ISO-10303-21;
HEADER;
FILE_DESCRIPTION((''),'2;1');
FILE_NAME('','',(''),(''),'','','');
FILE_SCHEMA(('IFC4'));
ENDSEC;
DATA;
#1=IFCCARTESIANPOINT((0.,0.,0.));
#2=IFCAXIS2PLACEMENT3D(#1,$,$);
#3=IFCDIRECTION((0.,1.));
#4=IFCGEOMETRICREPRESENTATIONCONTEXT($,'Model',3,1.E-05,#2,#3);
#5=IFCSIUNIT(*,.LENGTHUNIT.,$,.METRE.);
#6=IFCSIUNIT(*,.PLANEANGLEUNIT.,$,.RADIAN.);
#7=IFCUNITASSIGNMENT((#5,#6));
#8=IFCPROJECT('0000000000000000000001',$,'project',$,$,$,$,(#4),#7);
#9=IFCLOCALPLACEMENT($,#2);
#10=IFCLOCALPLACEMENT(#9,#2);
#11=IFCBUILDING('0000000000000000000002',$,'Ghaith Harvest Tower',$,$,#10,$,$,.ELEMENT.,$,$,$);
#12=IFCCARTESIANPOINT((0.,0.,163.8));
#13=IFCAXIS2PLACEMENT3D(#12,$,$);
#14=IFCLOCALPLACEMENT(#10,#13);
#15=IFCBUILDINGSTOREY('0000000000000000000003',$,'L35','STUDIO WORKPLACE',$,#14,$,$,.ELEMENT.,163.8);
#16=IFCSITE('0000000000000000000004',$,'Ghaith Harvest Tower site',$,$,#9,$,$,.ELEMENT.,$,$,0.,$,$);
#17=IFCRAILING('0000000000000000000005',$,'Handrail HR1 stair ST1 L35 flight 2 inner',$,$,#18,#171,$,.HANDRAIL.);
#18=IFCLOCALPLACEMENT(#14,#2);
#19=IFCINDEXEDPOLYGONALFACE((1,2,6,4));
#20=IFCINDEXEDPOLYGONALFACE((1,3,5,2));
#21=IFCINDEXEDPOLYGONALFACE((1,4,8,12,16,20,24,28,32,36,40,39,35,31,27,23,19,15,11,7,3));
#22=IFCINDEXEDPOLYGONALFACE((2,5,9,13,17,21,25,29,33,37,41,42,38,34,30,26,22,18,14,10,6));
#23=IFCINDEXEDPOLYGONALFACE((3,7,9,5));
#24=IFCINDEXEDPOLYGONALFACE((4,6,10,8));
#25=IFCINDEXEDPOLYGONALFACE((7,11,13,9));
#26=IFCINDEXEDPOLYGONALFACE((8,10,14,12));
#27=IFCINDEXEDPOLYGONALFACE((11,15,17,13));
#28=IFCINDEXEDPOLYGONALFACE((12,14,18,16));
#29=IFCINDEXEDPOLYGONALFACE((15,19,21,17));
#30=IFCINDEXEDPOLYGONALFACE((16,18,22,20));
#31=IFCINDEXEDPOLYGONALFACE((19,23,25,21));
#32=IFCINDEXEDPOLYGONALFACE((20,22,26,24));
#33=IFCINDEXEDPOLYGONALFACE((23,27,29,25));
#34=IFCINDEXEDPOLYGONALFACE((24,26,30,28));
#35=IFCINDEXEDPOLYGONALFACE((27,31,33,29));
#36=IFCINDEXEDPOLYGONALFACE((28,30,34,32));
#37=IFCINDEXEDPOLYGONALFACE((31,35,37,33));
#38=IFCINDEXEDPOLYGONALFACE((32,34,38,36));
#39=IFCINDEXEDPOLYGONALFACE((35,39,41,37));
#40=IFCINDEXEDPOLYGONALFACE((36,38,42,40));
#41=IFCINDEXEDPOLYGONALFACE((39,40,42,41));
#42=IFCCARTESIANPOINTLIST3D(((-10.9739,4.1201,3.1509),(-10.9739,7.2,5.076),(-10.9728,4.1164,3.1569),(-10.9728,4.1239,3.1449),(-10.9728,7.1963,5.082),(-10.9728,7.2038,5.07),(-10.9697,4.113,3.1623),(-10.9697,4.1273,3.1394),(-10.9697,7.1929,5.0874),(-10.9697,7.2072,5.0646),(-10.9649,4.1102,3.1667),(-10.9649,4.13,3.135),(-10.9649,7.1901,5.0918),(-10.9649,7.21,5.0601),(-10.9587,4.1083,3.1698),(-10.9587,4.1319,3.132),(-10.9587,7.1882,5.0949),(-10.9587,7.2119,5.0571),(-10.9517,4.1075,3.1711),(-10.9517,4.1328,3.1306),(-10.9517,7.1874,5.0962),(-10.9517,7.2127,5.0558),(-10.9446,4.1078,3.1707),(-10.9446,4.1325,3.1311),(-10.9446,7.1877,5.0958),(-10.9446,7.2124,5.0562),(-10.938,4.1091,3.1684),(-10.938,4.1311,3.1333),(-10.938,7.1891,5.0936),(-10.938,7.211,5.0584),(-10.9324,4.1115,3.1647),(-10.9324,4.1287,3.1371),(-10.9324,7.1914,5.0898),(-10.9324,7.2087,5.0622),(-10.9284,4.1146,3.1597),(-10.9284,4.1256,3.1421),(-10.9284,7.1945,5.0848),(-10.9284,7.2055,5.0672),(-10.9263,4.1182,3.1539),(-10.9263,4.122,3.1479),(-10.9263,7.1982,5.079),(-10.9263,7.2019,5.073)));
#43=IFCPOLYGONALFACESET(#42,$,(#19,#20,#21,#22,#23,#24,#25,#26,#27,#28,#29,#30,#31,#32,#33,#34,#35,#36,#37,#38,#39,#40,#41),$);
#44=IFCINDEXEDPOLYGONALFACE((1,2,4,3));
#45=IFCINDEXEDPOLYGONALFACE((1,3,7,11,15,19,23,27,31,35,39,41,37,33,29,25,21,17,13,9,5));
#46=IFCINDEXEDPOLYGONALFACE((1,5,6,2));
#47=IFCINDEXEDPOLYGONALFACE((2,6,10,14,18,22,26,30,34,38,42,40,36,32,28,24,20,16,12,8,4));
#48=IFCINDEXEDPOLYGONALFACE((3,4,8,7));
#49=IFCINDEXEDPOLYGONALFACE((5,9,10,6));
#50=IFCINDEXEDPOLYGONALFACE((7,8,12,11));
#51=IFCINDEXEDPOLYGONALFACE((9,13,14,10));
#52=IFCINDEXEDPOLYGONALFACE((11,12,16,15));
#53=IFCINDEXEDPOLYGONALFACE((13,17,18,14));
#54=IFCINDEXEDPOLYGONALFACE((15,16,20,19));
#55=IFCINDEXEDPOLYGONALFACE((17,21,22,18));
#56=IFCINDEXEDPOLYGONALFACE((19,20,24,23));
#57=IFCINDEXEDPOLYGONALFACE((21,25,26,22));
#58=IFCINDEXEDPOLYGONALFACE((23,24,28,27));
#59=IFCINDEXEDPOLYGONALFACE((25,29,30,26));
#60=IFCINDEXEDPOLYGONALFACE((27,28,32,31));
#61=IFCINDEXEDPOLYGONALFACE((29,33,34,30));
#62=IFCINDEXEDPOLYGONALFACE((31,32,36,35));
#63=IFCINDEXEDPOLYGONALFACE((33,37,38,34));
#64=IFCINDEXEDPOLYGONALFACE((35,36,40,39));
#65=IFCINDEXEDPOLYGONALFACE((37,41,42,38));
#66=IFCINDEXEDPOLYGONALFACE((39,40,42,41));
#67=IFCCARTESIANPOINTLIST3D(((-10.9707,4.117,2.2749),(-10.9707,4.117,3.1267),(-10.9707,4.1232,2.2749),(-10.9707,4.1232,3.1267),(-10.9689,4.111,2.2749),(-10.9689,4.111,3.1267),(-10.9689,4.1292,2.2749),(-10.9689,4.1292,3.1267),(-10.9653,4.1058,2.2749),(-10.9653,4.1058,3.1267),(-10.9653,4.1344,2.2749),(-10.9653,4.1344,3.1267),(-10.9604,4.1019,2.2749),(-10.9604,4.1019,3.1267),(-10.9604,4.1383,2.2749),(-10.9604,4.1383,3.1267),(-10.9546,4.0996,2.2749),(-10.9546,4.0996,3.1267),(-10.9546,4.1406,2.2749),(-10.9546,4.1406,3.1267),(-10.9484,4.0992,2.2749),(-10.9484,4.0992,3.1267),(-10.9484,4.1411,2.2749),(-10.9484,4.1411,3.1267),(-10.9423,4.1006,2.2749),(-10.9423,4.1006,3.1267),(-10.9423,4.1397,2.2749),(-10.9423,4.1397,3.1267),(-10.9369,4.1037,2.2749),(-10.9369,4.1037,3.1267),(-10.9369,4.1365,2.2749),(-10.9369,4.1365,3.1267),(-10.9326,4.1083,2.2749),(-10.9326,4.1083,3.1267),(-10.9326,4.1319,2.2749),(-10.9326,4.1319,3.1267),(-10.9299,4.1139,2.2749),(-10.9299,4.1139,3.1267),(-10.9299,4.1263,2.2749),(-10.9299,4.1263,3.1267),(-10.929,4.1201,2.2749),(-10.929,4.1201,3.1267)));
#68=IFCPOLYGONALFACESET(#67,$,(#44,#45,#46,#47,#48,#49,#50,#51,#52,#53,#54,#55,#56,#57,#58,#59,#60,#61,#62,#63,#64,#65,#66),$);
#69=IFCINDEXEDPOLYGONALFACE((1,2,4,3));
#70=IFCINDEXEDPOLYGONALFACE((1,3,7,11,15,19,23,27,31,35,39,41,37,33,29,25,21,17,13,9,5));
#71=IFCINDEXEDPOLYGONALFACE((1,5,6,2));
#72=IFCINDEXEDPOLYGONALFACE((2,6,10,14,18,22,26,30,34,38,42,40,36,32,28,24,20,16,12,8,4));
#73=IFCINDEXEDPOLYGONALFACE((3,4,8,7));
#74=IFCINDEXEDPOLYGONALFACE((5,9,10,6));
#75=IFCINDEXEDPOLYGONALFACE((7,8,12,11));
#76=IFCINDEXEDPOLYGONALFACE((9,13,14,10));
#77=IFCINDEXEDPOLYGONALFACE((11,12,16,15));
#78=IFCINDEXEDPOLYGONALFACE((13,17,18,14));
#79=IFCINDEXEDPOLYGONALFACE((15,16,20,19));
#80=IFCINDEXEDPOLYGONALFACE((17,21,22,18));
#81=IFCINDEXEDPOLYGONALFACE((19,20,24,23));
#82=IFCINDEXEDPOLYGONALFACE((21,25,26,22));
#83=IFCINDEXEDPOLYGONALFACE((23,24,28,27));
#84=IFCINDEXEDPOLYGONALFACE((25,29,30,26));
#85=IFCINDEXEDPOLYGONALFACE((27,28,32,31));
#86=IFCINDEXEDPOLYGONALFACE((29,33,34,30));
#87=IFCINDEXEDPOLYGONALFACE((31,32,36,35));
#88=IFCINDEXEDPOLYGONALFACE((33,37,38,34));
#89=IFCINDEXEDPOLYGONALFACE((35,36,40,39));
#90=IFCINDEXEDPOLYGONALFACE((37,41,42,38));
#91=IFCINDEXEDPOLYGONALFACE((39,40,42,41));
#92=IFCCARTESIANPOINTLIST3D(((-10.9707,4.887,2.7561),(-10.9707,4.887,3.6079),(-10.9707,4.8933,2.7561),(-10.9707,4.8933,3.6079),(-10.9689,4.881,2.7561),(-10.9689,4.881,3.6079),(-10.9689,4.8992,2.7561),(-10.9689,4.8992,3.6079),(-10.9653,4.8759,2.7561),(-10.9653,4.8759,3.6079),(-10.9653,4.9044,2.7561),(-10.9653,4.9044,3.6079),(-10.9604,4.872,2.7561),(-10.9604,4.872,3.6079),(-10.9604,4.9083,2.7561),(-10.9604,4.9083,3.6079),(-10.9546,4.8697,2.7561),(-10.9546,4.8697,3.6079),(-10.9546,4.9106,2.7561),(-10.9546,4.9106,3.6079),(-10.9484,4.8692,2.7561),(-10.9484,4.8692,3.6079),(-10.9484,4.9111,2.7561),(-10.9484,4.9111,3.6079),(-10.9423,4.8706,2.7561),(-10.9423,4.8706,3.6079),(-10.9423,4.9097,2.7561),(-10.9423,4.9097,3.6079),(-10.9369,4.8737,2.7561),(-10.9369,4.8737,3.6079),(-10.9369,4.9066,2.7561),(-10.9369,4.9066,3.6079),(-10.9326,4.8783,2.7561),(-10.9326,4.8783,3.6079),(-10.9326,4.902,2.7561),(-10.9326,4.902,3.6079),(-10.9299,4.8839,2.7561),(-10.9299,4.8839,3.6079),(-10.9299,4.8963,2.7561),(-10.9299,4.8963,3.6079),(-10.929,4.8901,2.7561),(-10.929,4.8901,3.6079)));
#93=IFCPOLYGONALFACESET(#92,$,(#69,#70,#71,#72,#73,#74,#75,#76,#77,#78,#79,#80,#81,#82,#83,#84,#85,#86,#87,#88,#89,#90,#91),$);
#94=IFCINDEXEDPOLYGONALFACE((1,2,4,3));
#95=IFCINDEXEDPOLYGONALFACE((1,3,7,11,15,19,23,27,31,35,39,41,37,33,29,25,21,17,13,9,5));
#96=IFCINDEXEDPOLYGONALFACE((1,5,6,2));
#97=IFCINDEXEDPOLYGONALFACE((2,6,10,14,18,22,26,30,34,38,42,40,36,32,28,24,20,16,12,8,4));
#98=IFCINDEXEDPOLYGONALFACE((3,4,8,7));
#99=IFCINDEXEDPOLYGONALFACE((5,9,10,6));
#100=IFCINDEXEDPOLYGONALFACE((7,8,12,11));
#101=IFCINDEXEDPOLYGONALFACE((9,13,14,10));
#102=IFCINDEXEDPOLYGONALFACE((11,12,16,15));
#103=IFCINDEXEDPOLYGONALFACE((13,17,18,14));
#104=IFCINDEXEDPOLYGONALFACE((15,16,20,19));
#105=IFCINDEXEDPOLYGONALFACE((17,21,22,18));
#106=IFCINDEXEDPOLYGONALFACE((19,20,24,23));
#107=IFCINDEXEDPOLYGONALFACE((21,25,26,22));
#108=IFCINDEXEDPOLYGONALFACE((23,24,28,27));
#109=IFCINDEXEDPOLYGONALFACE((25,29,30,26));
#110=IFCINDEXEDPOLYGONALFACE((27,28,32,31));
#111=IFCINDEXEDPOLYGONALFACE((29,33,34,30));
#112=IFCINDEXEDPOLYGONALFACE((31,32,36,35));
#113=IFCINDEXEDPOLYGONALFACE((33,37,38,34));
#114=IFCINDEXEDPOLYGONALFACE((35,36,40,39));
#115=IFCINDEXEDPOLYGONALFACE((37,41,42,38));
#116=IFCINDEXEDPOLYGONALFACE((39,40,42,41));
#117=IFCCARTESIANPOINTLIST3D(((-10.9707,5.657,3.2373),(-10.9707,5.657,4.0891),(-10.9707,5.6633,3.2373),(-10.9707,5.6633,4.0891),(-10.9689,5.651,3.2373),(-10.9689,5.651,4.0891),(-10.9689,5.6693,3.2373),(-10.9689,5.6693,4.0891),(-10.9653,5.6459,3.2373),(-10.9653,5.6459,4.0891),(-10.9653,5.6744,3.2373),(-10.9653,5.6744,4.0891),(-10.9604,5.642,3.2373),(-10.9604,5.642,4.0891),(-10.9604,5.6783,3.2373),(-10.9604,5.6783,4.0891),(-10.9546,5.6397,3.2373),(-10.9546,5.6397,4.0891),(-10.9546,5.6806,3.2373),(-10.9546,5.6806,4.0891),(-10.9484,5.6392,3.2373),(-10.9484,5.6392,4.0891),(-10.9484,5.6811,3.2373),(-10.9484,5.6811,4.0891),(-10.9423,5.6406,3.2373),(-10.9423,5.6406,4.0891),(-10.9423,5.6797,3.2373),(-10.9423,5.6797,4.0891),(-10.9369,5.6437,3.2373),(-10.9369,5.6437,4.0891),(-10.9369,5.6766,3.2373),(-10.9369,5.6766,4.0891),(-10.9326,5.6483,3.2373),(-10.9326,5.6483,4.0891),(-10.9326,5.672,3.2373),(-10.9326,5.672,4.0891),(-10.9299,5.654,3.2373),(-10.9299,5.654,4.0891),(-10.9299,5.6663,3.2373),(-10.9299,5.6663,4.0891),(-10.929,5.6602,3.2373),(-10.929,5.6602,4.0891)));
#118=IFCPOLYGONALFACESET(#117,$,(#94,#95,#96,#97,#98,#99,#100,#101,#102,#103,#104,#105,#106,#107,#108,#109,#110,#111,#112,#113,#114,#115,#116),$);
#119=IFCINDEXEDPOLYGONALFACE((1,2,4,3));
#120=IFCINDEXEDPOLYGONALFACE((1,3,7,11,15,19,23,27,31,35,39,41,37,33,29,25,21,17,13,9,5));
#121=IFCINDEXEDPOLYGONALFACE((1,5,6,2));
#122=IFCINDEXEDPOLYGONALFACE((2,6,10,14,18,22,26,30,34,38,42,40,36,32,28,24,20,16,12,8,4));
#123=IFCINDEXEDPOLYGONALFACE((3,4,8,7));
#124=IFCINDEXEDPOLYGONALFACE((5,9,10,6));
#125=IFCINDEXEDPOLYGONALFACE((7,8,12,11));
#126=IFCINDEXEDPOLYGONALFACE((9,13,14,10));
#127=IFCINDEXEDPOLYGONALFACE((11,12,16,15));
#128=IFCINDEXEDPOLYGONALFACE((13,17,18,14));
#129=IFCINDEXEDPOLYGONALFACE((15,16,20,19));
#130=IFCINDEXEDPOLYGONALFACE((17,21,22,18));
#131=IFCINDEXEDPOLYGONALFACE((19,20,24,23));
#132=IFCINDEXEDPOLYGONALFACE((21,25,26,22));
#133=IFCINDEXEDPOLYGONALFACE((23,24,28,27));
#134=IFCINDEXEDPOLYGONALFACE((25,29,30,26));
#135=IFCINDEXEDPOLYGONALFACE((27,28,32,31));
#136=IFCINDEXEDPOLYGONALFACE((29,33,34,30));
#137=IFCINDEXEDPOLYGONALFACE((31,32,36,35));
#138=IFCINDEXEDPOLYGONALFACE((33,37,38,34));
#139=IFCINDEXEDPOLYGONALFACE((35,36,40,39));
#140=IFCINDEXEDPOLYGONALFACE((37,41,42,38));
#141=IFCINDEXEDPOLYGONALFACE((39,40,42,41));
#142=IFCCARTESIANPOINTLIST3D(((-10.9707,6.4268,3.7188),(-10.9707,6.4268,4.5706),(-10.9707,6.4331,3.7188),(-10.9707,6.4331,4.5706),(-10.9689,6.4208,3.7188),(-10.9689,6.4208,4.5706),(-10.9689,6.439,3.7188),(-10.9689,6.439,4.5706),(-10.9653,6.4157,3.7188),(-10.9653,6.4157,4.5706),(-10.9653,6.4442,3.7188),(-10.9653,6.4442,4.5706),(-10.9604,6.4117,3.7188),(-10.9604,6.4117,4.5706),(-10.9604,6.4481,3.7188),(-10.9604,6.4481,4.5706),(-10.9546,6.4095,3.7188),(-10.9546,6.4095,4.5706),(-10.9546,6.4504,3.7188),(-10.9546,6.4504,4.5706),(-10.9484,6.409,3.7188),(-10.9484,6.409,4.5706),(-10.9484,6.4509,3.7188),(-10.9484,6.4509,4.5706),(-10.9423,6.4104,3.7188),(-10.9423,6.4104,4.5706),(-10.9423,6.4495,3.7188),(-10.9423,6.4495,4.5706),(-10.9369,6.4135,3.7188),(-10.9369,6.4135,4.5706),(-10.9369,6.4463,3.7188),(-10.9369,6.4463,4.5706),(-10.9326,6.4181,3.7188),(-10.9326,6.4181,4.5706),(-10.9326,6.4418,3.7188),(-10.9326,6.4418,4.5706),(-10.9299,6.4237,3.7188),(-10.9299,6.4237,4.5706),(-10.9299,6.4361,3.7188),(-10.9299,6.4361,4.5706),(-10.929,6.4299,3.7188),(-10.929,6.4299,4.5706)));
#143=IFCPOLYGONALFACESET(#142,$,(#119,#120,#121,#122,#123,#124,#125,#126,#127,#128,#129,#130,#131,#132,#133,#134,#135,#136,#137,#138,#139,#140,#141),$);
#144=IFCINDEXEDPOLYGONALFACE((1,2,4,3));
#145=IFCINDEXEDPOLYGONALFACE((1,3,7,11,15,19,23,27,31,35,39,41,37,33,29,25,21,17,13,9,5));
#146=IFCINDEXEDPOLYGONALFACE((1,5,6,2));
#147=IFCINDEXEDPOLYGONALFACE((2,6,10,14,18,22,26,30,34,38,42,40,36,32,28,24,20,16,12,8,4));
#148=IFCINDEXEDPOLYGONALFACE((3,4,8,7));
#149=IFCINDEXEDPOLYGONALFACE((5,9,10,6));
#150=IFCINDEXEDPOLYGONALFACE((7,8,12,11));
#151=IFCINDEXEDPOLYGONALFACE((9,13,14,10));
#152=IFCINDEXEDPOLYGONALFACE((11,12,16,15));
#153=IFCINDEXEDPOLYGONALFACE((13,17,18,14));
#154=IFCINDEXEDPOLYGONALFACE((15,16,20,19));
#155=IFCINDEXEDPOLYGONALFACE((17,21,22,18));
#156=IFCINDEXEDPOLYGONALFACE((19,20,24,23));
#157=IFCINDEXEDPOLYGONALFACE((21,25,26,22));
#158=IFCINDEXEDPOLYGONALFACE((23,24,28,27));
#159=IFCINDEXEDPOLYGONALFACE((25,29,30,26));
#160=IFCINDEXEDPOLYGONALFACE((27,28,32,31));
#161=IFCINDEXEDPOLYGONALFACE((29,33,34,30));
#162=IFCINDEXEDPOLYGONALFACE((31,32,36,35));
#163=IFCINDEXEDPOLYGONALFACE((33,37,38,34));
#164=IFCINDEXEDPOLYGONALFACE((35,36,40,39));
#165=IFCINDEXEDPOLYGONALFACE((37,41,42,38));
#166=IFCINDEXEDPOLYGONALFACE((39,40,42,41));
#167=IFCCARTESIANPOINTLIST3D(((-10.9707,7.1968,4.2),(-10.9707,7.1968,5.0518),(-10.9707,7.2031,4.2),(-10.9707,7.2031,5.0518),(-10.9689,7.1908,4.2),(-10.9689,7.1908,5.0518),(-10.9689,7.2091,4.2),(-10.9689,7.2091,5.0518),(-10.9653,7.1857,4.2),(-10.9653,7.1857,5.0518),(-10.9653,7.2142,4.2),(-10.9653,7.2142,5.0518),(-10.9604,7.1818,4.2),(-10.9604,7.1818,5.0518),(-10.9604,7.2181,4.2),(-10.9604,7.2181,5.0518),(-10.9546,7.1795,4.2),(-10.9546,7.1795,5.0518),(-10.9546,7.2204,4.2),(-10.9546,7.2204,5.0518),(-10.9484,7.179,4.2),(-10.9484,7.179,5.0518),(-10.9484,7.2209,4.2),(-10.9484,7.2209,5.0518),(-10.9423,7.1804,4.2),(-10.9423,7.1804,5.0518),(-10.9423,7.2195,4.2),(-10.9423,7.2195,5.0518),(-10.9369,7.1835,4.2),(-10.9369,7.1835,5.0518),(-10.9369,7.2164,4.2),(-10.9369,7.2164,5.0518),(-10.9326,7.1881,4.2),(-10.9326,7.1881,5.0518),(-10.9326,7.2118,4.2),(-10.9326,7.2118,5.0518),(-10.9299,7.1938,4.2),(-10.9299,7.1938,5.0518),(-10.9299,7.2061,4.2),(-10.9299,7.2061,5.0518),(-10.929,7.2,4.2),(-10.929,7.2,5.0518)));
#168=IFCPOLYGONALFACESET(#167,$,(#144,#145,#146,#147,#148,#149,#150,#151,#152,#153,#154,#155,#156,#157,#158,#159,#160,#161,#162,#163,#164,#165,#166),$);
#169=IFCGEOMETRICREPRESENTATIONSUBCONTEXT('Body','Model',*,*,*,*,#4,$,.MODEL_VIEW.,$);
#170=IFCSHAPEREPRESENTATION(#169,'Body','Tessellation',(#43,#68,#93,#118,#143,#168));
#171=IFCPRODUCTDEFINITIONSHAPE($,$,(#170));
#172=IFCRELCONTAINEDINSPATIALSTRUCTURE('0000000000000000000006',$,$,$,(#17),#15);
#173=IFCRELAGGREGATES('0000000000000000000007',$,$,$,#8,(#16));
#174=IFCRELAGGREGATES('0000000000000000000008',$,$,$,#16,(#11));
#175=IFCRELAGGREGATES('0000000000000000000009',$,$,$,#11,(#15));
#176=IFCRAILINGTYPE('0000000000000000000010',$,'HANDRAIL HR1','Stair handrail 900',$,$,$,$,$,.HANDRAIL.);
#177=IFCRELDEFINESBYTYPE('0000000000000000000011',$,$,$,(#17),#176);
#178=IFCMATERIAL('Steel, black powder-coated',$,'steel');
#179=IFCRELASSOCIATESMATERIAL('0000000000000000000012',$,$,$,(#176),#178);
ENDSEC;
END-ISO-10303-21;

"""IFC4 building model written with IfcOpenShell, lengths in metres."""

from ifc_helpers import new_model, si_unit, direction, frame, origin, origin_2d, place, context, subcontext, project, spatial, circle, extrude, material, type_object, element, save


model = new_model("IFC4")

# Units and contexts
model_context = context("Model", 3, precision=1e-05, world=origin(), true_north=direction((0.0, 1.0)))
body_context = subcontext(model_context, "Body", "Model", "MODEL_VIEW")
ifc_project = project(units=[si_unit("LENGTHUNIT", "METRE"), si_unit("PLANEANGLEUNIT", "RADIAN")], contexts=[model_context])

# Site, building, storey
site_placement = place(None, origin())
site = spatial("IfcSite", under=ifc_project, at=site_placement, Name="Ghaith Harvest Tower site", CompositionType="ELEMENT", RefElevation=0.0)
building_placement = place(site_placement, origin())
building = spatial("IfcBuilding", under=site, at=building_placement, Name="Ghaith Harvest Tower", CompositionType="ELEMENT")
storey_placement = place(building_placement, frame((0.0, 0.0, 163.8)))
storey = spatial("IfcBuildingStorey", under=building, at=storey_placement, Name="L35", Description="STUDIO WORKPLACE", CompositionType="ELEMENT", Elevation=163.8)

# Railing
ifc_material_1 = material(Name="Steel, black powder-coated", Category="steel")
railing_type = type_object("IfcRailingType", Name="HANDRAIL HR1", Description="Stair handrail 900", PredefinedType="HANDRAIL", material=ifc_material_1)
railing_1_placement = place(storey_placement, frame((-10.95, 4.1201, 2.2749)))
element("IfcRailing", 1, at=railing_1_placement, inside=storey, type_object=railing_type, Name="Handrail HR1 stair ST1 L35 flight 2 inner", PredefinedType="HANDRAIL", context=body_context, shape_type="SweptSolid", body=[
    extrude(circle(Radius=0.0239, at=origin_2d()), frame((0.0, 0.0, 0.876), z_axis=(0.0, 0.847979, 0.530029), x_axis=(-1.0, 0.0, 0.0)), (0.0, 0.0, 1.0), 3.6321),
    extrude(circle(Radius=0.021, at=origin_2d()), origin(), (0.0, 0.0, 1.0), 0.8518),
    extrude(circle(Radius=0.021, at=origin_2d()), frame((0.0, 0.77, 0.4812)), (0.0, 0.0, 1.0), 0.8518),
    extrude(circle(Radius=0.021, at=origin_2d()), frame((0.0, 1.54, 0.9624)), (0.0, 0.0, 1.0), 0.8518),
    extrude(circle(Radius=0.021, at=origin_2d()), frame((0.0, 2.3098, 1.4438)), (0.0, 0.0, 1.0), 0.8518),
    extrude(circle(Radius=0.021, at=origin_2d()), frame((0.0, 3.0798, 1.925)), (0.0, 0.0, 1.0), 0.8518),
])

save(model, "model.ifc")
